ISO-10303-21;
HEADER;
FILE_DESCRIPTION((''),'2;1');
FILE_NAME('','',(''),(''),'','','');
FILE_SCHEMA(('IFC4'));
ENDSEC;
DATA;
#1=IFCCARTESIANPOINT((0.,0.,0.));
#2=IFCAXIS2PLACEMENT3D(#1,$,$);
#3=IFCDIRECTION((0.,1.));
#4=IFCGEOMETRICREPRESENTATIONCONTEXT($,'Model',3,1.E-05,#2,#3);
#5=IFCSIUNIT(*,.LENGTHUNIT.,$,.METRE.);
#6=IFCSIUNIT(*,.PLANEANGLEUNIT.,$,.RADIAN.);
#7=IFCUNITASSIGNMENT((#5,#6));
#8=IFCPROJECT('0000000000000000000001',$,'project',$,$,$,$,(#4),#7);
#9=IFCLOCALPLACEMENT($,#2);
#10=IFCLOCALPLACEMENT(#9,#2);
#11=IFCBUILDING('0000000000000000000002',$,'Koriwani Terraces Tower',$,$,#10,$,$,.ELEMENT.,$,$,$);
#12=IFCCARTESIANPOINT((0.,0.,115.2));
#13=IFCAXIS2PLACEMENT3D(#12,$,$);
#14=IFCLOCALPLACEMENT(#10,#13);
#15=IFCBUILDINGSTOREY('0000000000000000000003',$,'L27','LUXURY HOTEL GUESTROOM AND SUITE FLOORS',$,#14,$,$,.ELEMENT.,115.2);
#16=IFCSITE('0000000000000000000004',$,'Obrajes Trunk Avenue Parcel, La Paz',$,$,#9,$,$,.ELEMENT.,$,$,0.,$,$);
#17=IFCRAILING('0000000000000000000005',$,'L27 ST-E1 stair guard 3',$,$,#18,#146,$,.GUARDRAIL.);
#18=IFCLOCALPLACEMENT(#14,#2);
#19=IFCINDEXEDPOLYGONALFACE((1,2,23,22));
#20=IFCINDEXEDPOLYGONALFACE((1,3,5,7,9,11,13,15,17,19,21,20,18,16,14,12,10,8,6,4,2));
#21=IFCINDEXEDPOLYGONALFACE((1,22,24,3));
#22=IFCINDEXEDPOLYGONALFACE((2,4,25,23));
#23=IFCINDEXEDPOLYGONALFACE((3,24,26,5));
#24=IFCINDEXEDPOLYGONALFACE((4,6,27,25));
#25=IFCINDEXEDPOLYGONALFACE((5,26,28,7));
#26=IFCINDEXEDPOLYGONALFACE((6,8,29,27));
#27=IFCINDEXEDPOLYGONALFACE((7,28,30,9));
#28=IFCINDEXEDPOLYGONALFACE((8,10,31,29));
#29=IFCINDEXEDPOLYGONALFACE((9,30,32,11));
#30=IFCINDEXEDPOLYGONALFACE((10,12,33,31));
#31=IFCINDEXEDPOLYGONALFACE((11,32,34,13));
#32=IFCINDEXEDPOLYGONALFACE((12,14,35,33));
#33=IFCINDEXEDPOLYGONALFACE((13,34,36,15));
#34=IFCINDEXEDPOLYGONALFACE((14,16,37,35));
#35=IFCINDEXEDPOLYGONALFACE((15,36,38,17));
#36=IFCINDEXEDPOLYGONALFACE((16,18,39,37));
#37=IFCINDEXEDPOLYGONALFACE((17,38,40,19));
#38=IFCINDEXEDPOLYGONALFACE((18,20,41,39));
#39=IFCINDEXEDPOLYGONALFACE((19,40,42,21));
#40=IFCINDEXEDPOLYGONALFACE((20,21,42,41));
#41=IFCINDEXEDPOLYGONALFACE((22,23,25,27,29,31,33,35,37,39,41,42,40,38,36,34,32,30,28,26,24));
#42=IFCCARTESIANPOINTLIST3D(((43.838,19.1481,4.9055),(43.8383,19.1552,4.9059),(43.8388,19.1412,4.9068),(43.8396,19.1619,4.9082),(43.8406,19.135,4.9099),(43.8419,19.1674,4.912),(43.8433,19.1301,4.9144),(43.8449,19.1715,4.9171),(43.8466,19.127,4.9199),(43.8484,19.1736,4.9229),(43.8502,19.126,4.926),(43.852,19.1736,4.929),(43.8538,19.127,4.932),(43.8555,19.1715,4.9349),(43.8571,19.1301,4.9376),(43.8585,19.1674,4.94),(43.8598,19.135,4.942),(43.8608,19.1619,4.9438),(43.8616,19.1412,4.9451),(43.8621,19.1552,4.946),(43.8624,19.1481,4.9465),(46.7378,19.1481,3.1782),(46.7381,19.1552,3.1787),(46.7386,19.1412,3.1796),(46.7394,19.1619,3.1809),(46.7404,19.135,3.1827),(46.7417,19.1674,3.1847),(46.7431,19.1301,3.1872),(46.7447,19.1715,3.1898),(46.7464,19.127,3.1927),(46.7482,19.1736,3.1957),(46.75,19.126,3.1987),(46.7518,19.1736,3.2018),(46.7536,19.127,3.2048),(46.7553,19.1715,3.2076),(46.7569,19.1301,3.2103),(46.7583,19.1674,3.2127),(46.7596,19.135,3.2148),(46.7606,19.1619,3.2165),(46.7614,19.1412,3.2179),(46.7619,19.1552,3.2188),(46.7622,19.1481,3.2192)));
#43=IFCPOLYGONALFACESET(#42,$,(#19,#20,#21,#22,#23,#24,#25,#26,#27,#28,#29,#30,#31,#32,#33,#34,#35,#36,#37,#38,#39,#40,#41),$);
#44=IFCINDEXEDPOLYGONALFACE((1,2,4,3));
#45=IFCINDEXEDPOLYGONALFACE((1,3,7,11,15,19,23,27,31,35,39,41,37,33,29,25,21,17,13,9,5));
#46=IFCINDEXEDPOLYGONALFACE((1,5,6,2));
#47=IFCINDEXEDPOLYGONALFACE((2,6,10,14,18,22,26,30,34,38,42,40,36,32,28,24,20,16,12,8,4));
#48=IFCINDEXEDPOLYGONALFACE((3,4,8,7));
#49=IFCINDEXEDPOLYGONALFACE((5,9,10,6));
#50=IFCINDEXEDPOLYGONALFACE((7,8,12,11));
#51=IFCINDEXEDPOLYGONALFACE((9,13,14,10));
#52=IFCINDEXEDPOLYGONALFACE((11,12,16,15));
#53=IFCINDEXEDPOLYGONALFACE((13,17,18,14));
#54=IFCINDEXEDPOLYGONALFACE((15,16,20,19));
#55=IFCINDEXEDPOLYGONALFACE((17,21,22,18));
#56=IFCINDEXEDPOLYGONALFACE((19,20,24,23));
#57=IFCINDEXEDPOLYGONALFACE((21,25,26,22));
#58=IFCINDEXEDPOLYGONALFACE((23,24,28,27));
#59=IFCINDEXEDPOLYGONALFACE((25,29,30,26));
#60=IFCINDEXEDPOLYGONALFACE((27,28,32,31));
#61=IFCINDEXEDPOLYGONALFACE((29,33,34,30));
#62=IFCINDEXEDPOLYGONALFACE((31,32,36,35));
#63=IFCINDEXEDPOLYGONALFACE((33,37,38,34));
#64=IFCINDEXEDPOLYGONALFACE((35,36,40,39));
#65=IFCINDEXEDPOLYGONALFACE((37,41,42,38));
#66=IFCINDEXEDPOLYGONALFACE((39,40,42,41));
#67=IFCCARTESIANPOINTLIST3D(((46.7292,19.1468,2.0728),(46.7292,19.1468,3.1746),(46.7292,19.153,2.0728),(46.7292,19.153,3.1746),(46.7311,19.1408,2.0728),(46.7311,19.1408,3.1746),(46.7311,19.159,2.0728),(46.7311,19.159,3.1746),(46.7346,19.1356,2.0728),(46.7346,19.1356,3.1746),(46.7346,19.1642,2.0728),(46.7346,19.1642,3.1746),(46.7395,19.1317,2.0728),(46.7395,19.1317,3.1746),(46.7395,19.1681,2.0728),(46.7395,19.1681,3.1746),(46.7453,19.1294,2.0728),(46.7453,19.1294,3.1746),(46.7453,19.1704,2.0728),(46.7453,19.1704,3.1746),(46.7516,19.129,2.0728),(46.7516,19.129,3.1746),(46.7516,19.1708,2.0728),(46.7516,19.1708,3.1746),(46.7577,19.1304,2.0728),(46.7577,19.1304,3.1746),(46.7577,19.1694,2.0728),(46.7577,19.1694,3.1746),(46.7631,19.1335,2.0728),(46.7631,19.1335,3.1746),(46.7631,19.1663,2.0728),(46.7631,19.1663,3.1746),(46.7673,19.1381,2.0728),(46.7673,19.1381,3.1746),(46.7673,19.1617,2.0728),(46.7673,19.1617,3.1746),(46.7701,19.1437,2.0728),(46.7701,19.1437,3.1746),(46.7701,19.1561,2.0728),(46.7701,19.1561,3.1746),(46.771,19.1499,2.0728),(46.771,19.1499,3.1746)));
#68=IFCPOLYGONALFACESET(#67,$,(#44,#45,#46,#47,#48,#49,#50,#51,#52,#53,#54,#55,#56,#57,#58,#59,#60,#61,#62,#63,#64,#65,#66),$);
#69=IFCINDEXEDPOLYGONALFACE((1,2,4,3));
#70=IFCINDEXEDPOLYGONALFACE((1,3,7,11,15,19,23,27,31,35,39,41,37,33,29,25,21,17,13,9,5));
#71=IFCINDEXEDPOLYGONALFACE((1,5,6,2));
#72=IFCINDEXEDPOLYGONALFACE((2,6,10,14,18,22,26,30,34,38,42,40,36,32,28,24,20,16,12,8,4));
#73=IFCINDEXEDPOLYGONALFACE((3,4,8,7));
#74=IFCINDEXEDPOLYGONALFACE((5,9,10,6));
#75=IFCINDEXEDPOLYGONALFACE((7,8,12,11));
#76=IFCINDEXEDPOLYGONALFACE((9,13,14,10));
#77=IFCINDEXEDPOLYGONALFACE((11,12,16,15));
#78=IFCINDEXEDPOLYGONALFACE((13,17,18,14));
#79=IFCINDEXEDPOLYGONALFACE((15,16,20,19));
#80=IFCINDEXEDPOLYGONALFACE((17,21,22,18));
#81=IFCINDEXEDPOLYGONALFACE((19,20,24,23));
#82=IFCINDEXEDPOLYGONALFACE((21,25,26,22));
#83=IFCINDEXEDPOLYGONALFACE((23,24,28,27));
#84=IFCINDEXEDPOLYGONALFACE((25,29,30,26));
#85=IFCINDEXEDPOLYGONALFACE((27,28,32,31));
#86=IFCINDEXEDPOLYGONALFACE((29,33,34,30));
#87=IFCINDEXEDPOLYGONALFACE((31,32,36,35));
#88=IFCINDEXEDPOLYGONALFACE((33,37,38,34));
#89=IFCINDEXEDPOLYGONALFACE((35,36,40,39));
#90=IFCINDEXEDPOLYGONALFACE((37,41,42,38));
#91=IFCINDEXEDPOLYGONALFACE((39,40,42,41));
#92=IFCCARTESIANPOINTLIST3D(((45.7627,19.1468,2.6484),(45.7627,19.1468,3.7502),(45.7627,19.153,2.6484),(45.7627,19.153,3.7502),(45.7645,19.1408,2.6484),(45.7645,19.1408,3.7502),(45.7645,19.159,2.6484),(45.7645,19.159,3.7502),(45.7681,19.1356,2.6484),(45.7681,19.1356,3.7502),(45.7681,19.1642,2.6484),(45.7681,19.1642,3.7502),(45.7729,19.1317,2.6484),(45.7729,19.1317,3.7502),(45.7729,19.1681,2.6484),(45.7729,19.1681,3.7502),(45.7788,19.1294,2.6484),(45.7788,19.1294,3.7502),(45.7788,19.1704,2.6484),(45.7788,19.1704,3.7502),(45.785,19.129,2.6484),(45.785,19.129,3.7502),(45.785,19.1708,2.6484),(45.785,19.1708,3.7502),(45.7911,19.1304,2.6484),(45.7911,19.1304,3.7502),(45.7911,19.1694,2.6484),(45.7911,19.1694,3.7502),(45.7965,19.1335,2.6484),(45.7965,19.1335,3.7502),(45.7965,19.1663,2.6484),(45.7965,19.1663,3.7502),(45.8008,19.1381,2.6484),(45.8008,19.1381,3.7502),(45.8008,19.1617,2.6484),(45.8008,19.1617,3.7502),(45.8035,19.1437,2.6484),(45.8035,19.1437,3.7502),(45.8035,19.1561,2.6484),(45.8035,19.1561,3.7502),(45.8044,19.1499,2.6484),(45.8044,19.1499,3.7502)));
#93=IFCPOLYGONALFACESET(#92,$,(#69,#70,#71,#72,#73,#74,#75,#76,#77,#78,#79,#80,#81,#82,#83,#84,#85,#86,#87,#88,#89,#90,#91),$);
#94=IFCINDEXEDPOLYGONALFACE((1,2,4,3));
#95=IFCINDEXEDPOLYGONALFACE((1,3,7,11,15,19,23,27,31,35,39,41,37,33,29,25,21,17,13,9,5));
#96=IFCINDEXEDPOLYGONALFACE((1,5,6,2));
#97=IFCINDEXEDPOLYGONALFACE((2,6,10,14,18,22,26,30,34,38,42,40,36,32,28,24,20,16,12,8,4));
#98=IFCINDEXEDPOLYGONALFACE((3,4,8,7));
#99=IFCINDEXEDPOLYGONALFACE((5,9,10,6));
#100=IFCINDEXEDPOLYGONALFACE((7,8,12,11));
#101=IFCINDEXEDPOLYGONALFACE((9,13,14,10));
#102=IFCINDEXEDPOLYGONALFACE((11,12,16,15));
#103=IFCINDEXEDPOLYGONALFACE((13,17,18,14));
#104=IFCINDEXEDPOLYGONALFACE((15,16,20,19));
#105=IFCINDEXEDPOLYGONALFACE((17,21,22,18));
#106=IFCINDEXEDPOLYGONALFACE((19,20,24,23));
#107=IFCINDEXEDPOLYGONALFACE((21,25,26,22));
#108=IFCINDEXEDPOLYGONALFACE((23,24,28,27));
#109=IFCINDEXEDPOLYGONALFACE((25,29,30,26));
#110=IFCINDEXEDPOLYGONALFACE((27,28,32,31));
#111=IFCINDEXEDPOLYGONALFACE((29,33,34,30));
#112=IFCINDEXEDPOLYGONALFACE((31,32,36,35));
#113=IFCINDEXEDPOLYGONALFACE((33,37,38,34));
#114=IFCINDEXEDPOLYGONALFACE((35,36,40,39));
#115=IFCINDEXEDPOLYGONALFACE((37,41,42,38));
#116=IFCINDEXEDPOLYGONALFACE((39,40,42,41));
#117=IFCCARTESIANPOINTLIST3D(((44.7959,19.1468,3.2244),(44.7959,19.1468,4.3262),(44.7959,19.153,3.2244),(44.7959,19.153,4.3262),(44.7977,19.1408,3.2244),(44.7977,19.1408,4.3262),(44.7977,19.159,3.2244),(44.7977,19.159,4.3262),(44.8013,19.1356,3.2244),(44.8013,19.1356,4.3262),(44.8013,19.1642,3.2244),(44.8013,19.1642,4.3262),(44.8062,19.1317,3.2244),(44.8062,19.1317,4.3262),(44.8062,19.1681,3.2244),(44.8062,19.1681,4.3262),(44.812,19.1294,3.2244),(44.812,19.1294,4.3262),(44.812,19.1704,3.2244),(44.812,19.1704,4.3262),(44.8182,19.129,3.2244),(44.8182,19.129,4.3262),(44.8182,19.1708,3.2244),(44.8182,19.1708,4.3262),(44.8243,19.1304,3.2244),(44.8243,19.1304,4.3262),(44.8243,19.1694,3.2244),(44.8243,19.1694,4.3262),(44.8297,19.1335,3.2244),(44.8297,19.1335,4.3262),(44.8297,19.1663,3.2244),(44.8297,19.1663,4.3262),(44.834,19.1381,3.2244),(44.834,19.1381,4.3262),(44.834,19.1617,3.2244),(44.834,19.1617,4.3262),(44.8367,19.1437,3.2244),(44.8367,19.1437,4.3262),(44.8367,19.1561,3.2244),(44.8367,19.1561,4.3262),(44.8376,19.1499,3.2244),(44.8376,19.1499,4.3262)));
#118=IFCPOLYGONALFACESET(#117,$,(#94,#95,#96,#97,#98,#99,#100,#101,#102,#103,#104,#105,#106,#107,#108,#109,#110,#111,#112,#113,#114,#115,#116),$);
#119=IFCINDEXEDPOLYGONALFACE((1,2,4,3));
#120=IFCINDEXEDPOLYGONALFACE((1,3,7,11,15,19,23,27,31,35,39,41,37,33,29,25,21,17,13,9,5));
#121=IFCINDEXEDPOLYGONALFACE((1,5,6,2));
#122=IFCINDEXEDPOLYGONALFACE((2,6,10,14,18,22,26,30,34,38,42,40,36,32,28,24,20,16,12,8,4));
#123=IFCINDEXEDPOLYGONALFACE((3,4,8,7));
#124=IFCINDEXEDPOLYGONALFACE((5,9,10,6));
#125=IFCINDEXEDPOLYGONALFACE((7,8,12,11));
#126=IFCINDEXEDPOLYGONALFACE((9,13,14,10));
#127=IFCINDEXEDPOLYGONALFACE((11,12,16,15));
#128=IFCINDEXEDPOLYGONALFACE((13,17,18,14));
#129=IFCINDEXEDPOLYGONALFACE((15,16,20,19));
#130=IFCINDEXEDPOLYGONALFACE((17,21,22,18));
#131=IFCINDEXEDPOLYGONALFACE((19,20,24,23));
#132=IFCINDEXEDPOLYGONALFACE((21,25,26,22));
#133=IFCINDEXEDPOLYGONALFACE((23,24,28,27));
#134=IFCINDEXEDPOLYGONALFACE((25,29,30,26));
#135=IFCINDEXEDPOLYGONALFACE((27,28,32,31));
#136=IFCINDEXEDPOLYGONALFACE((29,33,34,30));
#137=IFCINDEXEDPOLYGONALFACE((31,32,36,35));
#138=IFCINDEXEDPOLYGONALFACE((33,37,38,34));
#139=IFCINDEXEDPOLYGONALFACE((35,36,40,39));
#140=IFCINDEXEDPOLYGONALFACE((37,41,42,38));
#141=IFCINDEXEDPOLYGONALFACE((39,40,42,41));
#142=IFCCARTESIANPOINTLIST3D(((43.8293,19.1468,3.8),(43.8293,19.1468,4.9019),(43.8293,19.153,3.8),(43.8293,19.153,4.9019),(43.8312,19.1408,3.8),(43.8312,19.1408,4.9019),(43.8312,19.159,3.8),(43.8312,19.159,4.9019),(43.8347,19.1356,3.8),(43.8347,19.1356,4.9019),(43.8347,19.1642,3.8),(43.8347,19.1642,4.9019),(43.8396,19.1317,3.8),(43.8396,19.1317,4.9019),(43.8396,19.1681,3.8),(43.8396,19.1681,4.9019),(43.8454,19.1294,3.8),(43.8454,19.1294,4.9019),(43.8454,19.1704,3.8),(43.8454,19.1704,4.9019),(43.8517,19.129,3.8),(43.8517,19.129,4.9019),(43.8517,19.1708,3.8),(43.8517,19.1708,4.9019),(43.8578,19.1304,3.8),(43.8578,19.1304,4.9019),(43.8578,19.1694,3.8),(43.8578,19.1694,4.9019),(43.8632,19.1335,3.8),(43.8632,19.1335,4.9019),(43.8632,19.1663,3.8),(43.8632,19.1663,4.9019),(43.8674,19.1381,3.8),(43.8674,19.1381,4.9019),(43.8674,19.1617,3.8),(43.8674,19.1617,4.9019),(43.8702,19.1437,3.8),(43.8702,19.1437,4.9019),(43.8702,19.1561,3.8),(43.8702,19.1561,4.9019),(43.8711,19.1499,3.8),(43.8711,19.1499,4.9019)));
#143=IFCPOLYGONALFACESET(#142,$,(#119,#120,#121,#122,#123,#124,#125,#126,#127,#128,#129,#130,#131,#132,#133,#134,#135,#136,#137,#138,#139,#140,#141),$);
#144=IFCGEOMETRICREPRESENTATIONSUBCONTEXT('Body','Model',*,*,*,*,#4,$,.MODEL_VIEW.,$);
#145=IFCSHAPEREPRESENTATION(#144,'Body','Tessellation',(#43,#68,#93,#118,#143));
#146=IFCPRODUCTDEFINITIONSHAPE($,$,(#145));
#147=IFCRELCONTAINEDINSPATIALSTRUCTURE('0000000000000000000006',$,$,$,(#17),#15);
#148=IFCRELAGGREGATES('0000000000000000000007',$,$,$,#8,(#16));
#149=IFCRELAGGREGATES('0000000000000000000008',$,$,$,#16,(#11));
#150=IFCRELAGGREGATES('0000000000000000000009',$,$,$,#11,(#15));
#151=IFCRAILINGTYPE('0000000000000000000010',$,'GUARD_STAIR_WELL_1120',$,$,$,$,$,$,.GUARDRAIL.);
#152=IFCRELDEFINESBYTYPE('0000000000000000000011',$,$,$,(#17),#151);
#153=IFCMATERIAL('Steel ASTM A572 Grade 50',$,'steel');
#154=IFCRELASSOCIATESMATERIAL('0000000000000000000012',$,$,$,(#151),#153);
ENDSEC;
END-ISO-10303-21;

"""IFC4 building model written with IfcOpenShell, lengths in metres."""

from ifc_helpers import new_model, si_unit, direction, frame, origin, origin_2d, place, context, subcontext, project, spatial, circle, extrude, material, type_object, element, save


model = new_model("IFC4")

# Units and contexts
model_context = context("Model", 3, precision=1e-05, world=origin(), true_north=direction((0.0, 1.0)))
body_context = subcontext(model_context, "Body", "Model", "MODEL_VIEW")
ifc_project = project(units=[si_unit("LENGTHUNIT", "METRE"), si_unit("PLANEANGLEUNIT", "RADIAN")], contexts=[model_context])

# Site, building, storey
site_placement = place(None, origin())
site = spatial("IfcSite", under=ifc_project, at=site_placement, Name="Obrajes Trunk Avenue Parcel, La Paz", CompositionType="ELEMENT", RefElevation=0.0)
building_placement = place(site_placement, origin())
building = spatial("IfcBuilding", under=site, at=building_placement, Name="Koriwani Terraces Tower", CompositionType="ELEMENT")
storey_placement = place(building_placement, frame((0.0, 0.0, 115.2)))
storey = spatial("IfcBuildingStorey", under=building, at=storey_placement, Name="L27", Description="LUXURY HOTEL GUESTROOM AND SUITE FLOORS", CompositionType="ELEMENT", Elevation=115.2)

# Shared definitions
ifc_material_1 = material(Name="Steel ASTM A572 Grade 50", Category="steel")

# Railing
railing_type_1 = type_object("IfcRailingType", Name="GUARD_STAIR_WELL_1120", PredefinedType="GUARDRAIL", material=ifc_material_1)
railing_1_placement = place(storey_placement, frame((46.75, 19.1499, 2.0728)))
element("IfcRailing", 1, at=railing_1_placement, inside=storey, type_object=railing_type_1, Name="L27 ST-E1 stair guard 3", PredefinedType="GUARDRAIL", context=body_context, shape_type="SweptSolid", body=[
    extrude(circle(Radius=0.0239, at=origin_2d()), frame((0.0, 0.0, 1.126), z_axis=(-0.859141, 0.0, 0.511738), x_axis=(0.0, -1.0, 0.0)), (0.0, 0.0, 1.0), 3.3752),
    extrude(circle(Radius=0.021, at=origin_2d()), origin(), (0.0, 0.0, 1.0), 1.1018),
    extrude(circle(Radius=0.021, at=origin_2d()), frame((-0.9666, 0.0, 0.5757)), (0.0, 0.0, 1.0), 1.1018),
    extrude(circle(Radius=0.021, at=origin_2d()), frame((-1.9333, 0.0, 1.1516)), (0.0, 0.0, 1.0), 1.1018),
    extrude(circle(Radius=0.021, at=origin_2d()), frame((-2.8999, 0.0, 1.7273)), (0.0, 0.0, 1.0), 1.1018),
])

save(model, "model.ifc")
